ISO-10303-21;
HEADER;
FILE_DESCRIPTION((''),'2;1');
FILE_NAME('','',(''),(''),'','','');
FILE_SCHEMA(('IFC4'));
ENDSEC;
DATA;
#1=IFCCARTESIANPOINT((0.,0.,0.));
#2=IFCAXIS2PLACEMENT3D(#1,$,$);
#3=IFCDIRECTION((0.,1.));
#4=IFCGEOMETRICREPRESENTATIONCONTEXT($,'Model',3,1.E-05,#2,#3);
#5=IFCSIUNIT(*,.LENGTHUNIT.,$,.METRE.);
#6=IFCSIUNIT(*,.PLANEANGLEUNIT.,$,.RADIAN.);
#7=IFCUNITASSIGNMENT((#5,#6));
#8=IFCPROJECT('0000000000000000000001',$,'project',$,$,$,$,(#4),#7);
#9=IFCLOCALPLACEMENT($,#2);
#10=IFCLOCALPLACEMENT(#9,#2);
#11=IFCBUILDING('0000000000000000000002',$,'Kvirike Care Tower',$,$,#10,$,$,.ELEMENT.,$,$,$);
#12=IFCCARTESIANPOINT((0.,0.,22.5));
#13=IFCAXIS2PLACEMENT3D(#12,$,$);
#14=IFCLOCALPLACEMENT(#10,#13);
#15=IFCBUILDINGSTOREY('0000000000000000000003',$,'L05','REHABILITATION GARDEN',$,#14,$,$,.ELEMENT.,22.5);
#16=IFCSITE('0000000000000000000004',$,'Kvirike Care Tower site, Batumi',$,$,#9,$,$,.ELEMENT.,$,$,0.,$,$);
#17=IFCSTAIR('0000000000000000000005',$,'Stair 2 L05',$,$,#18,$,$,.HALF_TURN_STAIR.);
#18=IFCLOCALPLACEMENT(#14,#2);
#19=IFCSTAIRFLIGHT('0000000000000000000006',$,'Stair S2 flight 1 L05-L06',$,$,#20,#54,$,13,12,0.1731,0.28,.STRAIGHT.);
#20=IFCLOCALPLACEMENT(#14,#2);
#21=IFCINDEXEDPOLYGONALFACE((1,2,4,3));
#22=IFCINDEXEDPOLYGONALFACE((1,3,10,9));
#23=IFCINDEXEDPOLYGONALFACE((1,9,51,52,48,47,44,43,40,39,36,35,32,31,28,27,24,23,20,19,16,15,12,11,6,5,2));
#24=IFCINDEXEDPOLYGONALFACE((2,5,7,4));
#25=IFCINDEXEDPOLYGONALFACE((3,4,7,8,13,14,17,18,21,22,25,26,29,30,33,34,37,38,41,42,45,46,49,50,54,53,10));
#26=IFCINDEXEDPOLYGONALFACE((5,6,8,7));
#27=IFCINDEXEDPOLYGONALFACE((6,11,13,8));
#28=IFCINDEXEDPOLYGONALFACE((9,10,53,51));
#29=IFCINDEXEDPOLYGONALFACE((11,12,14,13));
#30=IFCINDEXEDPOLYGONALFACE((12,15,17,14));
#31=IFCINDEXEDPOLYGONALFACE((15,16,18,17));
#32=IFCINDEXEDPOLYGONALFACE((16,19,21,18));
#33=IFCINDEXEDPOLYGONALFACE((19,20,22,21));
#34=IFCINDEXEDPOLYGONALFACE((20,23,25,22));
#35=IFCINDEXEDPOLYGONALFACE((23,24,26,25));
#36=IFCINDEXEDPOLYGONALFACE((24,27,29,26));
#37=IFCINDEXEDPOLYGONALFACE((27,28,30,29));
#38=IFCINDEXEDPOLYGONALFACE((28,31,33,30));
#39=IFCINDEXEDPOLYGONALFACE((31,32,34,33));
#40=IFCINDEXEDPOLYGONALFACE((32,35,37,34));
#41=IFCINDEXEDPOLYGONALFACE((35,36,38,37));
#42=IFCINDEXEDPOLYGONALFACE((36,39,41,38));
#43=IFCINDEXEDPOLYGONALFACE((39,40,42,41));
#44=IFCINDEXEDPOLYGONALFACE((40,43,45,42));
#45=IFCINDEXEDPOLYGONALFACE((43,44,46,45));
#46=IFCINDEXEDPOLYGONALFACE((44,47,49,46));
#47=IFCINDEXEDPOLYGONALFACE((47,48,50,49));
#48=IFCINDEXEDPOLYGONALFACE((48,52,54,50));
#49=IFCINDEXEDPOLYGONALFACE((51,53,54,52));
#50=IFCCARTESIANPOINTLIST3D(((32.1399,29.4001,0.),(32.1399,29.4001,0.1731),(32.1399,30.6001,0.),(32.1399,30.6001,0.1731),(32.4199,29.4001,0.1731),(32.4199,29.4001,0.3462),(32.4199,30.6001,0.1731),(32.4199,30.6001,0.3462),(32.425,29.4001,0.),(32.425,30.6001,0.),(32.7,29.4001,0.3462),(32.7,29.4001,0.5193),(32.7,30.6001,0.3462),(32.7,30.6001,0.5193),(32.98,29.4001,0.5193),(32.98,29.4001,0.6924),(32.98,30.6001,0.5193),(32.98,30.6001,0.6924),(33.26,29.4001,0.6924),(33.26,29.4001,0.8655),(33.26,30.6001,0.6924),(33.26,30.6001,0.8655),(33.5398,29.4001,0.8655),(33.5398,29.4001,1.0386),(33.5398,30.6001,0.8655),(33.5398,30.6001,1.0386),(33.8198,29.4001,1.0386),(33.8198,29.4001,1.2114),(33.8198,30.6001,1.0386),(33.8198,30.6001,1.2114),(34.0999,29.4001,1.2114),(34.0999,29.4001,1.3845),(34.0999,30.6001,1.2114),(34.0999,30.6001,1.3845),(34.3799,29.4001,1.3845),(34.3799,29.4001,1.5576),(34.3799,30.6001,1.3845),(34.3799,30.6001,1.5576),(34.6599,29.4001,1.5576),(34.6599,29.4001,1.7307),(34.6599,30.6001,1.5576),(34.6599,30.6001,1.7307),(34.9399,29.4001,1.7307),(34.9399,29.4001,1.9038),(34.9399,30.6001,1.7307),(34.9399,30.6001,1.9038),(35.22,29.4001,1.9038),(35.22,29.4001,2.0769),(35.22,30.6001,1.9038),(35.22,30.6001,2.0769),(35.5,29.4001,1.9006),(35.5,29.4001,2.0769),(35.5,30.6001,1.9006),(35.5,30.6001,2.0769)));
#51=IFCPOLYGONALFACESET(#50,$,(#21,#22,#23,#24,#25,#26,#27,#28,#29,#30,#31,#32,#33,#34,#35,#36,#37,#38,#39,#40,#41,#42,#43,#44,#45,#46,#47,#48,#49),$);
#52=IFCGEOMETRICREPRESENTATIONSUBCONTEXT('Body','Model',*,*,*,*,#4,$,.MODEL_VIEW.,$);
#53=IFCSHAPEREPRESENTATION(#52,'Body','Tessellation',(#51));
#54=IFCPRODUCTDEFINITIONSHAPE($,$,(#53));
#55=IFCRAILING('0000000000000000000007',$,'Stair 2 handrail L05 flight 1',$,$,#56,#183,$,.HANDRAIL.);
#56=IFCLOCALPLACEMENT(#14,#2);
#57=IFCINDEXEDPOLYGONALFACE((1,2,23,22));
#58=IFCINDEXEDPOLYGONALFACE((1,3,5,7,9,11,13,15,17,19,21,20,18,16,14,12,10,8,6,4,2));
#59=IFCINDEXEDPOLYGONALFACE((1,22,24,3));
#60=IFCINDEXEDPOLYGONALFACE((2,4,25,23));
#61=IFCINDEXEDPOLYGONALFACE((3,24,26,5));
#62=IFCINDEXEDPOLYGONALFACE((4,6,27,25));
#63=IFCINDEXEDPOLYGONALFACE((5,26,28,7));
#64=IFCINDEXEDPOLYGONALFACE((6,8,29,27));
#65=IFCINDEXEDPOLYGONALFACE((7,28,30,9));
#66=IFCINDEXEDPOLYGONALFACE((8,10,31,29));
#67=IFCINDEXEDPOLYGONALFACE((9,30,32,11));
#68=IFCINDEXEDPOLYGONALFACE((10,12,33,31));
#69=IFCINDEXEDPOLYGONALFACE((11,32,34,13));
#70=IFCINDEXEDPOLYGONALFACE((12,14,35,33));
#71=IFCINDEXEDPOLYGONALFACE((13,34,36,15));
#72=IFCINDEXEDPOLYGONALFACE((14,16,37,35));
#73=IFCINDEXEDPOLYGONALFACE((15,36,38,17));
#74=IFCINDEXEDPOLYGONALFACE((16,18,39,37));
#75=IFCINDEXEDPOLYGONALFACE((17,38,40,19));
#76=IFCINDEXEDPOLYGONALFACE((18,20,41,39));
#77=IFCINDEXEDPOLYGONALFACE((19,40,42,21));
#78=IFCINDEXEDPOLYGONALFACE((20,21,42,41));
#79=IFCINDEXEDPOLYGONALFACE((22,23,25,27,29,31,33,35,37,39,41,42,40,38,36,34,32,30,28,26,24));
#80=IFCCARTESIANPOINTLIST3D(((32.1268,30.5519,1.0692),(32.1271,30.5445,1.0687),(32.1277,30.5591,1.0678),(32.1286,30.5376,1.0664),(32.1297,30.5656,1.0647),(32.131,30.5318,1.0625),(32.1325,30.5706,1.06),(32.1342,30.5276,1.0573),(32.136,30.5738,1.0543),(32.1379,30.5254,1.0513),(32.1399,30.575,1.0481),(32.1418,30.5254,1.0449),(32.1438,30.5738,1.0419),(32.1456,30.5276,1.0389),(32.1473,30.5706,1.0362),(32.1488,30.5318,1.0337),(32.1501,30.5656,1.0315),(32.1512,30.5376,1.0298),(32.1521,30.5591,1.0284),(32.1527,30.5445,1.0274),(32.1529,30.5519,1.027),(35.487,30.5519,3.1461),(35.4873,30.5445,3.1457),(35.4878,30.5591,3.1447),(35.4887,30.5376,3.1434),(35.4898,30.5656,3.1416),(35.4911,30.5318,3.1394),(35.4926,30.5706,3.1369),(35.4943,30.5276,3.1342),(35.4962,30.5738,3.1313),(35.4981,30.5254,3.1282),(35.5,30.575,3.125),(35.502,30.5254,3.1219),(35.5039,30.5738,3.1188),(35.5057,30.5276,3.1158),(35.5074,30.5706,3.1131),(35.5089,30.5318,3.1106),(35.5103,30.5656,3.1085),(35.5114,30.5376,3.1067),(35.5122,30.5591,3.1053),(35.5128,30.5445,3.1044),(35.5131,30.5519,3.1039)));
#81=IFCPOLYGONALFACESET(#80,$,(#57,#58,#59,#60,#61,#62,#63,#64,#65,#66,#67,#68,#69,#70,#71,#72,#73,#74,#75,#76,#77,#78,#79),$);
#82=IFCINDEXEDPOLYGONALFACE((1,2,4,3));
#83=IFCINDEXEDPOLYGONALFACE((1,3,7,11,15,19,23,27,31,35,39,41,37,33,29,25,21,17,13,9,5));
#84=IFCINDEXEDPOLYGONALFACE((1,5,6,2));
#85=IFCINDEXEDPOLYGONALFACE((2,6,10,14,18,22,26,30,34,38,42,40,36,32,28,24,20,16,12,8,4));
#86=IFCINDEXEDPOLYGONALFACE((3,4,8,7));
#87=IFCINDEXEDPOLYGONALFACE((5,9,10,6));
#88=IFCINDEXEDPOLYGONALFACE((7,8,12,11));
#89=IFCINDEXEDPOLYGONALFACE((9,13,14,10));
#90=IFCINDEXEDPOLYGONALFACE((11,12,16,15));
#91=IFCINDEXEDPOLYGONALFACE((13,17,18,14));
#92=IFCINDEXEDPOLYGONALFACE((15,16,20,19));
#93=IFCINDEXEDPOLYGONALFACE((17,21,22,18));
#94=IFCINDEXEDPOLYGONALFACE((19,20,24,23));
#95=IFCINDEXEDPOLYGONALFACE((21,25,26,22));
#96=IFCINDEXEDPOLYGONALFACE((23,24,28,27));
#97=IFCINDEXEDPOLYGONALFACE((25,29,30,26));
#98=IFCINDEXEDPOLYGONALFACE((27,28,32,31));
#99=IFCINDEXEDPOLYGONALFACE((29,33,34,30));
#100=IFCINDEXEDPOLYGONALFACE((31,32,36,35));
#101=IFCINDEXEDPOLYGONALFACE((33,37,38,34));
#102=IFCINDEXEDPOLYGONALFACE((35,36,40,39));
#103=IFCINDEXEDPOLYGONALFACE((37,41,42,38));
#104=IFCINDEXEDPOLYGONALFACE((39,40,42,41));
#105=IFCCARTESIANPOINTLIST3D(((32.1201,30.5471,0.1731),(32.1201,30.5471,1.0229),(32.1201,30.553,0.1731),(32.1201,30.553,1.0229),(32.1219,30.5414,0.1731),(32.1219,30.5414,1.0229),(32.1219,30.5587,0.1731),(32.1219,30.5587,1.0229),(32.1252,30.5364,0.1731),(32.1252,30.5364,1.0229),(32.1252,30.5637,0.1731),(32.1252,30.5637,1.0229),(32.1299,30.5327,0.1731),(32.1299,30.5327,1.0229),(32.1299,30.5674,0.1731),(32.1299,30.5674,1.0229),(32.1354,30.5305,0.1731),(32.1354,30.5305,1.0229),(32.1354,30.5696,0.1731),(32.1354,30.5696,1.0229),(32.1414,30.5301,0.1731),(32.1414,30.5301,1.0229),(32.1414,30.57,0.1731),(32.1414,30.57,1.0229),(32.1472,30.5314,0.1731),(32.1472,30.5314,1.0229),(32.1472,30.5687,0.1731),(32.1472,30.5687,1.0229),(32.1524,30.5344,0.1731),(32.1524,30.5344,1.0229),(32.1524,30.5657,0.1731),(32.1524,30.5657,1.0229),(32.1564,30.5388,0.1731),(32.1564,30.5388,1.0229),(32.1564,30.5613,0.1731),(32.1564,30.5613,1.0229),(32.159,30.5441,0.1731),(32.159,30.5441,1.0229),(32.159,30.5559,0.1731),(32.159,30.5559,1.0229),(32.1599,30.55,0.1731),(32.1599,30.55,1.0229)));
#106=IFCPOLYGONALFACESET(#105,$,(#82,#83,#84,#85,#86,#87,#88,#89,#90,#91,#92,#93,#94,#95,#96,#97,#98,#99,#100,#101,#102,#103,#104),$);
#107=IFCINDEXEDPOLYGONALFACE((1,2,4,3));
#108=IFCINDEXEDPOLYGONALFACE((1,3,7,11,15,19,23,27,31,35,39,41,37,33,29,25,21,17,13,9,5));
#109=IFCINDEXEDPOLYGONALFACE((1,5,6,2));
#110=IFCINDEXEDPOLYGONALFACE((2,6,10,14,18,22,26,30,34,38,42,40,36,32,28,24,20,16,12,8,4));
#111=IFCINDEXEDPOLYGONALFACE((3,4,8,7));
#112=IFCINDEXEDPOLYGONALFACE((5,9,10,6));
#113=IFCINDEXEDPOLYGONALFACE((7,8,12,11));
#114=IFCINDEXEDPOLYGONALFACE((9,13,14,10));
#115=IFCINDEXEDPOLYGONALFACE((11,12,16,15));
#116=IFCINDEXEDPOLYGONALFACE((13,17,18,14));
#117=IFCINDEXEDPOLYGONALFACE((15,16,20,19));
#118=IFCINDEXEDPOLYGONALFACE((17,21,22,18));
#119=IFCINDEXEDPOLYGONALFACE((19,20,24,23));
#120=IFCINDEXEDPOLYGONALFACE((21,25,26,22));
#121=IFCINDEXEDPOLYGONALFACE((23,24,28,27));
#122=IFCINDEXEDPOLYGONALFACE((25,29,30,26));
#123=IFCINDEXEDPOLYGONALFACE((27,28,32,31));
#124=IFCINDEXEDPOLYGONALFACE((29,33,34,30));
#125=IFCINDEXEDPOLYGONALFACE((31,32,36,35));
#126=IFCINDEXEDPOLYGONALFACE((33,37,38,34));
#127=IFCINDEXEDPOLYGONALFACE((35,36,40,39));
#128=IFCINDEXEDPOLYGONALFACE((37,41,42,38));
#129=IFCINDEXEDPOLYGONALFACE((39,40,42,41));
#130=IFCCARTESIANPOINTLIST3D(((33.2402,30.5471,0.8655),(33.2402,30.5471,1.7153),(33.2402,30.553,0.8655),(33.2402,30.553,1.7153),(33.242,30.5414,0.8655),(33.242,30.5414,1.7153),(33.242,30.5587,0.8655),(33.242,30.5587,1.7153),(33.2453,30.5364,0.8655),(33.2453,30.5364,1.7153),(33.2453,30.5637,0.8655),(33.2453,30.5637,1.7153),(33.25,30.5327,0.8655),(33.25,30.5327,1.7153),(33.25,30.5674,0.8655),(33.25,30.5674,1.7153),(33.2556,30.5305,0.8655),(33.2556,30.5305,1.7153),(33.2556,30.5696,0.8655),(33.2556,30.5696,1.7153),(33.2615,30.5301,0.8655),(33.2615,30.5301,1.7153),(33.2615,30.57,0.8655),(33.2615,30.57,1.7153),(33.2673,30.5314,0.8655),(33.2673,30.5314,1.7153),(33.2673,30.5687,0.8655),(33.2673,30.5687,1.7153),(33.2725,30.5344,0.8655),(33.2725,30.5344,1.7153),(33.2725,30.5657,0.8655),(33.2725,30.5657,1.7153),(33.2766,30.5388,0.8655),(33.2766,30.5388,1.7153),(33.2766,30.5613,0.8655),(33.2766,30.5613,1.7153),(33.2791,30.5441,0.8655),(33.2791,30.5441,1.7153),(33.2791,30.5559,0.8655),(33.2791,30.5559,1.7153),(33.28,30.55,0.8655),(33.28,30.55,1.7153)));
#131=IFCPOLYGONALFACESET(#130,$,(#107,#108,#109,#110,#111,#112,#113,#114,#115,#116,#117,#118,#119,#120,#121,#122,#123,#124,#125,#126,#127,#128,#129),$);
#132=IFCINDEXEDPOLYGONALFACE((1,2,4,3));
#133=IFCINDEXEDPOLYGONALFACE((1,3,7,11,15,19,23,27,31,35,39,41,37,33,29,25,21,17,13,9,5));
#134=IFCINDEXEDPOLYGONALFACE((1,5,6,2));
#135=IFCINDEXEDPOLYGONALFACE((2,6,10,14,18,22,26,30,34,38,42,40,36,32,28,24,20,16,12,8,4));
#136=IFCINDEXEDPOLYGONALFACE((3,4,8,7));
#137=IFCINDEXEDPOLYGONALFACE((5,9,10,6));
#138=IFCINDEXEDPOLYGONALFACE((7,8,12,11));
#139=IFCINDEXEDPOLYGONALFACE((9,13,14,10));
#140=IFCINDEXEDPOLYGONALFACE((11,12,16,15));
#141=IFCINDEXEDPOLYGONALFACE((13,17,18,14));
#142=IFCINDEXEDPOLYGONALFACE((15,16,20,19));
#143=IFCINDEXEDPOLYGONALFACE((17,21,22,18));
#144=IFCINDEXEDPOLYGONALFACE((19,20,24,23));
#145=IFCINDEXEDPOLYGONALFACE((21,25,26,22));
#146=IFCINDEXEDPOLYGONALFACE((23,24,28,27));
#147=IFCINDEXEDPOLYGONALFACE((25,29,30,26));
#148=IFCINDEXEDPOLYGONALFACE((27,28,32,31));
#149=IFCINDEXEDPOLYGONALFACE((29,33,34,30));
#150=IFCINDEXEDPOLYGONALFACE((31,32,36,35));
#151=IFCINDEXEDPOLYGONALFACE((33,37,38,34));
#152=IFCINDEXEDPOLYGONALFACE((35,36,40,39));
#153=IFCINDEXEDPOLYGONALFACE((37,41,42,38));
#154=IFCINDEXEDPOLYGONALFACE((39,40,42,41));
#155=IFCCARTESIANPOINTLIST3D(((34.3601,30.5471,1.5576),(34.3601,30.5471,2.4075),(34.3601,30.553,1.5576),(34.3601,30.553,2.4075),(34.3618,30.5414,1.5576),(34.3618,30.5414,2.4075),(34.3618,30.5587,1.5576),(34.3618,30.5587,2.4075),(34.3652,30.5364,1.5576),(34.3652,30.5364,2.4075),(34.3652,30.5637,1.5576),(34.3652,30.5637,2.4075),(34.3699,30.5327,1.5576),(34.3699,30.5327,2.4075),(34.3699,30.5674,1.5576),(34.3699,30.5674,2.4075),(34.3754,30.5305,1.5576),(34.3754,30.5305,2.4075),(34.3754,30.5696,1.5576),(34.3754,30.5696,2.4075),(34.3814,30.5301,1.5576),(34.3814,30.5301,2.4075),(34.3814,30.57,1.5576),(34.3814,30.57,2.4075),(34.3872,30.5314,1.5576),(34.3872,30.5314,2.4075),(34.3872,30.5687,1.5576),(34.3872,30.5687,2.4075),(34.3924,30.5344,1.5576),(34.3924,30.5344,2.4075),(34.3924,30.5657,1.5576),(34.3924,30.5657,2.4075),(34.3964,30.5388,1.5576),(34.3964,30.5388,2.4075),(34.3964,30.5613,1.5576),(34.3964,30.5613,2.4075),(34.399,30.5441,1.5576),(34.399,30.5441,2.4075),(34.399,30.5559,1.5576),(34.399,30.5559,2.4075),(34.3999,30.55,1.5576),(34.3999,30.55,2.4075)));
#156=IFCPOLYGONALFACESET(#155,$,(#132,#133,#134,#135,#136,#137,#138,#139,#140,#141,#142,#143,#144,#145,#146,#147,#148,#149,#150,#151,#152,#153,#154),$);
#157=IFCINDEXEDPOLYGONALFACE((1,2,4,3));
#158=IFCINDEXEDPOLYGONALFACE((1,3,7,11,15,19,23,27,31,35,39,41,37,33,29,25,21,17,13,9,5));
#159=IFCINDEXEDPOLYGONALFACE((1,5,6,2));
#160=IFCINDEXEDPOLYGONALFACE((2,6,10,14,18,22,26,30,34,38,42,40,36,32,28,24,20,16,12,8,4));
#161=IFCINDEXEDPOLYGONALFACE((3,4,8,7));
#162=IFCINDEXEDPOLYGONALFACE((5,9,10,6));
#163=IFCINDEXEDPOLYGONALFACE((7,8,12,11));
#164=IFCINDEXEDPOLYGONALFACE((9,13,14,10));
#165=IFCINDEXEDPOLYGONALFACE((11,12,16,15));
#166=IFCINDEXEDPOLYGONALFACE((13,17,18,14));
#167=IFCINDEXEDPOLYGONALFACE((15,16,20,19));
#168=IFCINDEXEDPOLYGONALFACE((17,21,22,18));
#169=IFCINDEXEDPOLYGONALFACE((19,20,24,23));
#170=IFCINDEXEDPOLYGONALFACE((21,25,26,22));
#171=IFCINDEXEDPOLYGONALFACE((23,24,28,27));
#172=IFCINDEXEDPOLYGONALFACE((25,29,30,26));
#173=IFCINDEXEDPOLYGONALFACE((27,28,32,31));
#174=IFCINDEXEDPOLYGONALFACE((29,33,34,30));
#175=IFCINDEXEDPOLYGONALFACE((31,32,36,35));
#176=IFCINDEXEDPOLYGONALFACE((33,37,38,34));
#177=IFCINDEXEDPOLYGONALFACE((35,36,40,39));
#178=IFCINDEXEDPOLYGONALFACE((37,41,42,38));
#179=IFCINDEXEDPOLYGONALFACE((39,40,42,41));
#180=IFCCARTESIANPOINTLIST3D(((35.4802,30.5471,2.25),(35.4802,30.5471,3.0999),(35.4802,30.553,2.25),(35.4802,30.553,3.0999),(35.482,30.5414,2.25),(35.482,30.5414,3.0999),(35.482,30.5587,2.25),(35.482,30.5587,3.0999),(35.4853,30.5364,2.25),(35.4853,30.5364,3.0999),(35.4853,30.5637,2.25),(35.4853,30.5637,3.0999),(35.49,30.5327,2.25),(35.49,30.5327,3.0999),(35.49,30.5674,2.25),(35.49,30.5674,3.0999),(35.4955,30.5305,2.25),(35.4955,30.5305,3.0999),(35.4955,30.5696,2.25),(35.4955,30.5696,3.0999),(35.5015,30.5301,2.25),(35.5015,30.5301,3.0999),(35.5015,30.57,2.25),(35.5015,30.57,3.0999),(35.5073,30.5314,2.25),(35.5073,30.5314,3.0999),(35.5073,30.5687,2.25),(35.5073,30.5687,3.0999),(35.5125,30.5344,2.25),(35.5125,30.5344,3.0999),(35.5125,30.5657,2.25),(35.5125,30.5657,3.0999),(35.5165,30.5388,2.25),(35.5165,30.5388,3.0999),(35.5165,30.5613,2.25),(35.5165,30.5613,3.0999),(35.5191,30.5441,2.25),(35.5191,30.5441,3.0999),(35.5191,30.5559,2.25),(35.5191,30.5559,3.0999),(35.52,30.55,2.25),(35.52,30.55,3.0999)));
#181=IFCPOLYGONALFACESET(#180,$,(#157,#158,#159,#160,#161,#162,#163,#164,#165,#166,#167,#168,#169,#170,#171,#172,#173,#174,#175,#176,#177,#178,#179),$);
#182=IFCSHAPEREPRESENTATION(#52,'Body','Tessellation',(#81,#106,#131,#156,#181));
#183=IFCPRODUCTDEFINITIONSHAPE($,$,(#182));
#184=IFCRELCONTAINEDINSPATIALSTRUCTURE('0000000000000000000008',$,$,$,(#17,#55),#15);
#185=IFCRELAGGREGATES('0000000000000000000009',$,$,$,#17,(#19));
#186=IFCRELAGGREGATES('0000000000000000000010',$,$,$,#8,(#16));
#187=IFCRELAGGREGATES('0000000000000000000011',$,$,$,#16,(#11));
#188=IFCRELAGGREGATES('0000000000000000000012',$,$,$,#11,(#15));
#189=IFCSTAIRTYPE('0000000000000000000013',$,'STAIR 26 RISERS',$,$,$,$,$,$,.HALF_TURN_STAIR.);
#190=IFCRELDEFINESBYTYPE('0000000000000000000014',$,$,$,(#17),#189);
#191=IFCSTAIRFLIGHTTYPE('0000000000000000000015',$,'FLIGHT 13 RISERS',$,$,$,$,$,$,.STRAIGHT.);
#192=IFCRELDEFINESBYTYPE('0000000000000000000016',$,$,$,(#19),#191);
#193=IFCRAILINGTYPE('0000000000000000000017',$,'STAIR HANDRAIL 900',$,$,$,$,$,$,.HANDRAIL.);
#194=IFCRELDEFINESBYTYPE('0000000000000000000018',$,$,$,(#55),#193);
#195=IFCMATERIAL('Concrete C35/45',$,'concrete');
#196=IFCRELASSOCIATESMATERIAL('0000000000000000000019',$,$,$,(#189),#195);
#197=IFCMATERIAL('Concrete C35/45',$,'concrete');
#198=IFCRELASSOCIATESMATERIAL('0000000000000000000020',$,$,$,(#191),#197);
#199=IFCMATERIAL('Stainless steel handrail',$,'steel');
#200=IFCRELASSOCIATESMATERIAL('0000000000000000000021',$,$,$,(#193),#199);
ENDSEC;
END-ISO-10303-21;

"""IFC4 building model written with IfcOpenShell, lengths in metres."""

from ifc_helpers import new_model, si_unit, direction, frame, origin, origin_2d, place, context, subcontext, project, spatial, polyline, circle, outline, extrude, material, type_object, element, aggregate, save


model = new_model("IFC4")

# Units and contexts
model_context = context("Model", 3, precision=1e-05, world=origin(), true_north=direction((0.0, 1.0)))
body_context = subcontext(model_context, "Body", "Model", "MODEL_VIEW")
ifc_project = project(units=[si_unit("LENGTHUNIT", "METRE"), si_unit("PLANEANGLEUNIT", "RADIAN")], contexts=[model_context])

# Site, building, storey
site_placement = place(None, origin())
site = spatial("IfcSite", under=ifc_project, at=site_placement, Name="Kvirike Care Tower site, Batumi", CompositionType="ELEMENT", RefElevation=0.0)
building_placement = place(site_placement, origin())
building = spatial("IfcBuilding", under=site, at=building_placement, Name="Kvirike Care Tower", CompositionType="ELEMENT")
storey_placement = place(building_placement, frame((0.0, 0.0, 22.5)))
storey = spatial("IfcBuildingStorey", under=building, at=storey_placement, Name="L05", Description="REHABILITATION GARDEN", CompositionType="ELEMENT", Elevation=22.5)

# Stair, stair flight
ifc_material_1 = material(Name="Concrete C35/45", Category="concrete")
stair_type = type_object("IfcStairType", Name="STAIR 26 RISERS", PredefinedType="HALF_TURN_STAIR", material=ifc_material_1)
stair_placement = place(storey_placement, origin())
stair = element("IfcStair", 1, at=stair_placement, inside=storey, type_object=stair_type, Name="Stair 2 L05", PredefinedType="HALF_TURN_STAIR")
ifc_material_2 = material(Name="Concrete C35/45", Category="concrete")
stair_flight_type = type_object("IfcStairFlightType", Name="FLIGHT 13 RISERS", PredefinedType="STRAIGHT", material=ifc_material_2)
stair_flight_placement = place(storey_placement, frame((32.1399, 30.0, 0.0), z_axis=(0.0, 0.0, 1.0), x_axis=(1.0, 0.0, 0.0)))
stair_flight = element("IfcStairFlight", 2, at=stair_flight_placement, type_object=stair_flight_type, Name="Stair S2 flight 1 L05-L06", NumberOfRisers=13, NumberOfTreads=12, PredefinedType="STRAIGHT", RiserHeight=0.1731, TreadLength=0.28, context=body_context, shape_type="SweptSolid", body=[
    extrude(outline(polyline([(0.0, 0.0), (0.0, 0.1731), (0.28, 0.1731), (0.28, 0.3462), (0.5601, 0.3462), (0.5601, 0.5193), (0.8401, 0.5193), (0.8401, 0.6924), (1.1201, 0.6924), (1.1201, 0.8655), (1.3999, 0.8655), (1.3999, 1.0386), (1.6799, 1.0386), (1.6799, 1.2114), (1.96, 1.2114), (1.96, 1.3845), (2.24, 1.3845), (2.24, 1.5576), (2.52, 1.5576), (2.52, 1.7307), (2.8, 1.7307), (2.8, 1.9038), (3.0801, 1.9038), (3.0801, 2.0769), (3.3601, 2.0769), (3.3601, 2.25), (3.3601, 1.9006), (0.2852, 0.0), (0.0, 0.0)])), frame((0.0, 0.6001, 0.0), z_axis=(0.0, -1.0, 0.0), x_axis=(1.0, 0.0, 0.0)), (0.0, 0.0, 1.0), 1.2),
])
aggregate(stair, [stair_flight])

# Railing
ifc_material_3 = material(Name="Stainless steel handrail", Category="steel")
railing_type = type_object("IfcRailingType", Name="STAIR HANDRAIL 900", PredefinedType="HANDRAIL", material=ifc_material_3)
railing_1_placement = place(storey_placement, frame((32.1399, 30.55, 0.1731)))
element("IfcRailing", 3, at=railing_1_placement, inside=storey, type_object=railing_type, Name="Stair 2 handrail L05 flight 1", PredefinedType="HANDRAIL", context=body_context, shape_type="SweptSolid", body=[
    extrude(circle(Radius=0.0249, at=origin_2d()), frame((0.0, 0.0, 0.875), z_axis=(0.850623, 0.0, 0.525776), x_axis=(0.0, 1.0, 0.0)), (0.0, 0.0, 1.0), 3.9502),
    extrude(circle(Radius=0.02, at=origin_2d()), origin(), (0.0, 0.0, 1.0), 0.8499),
    extrude(circle(Radius=0.02, at=origin_2d()), frame((1.1201, 0.0, 0.6924)), (0.0, 0.0, 1.0), 0.8499),
    extrude(circle(Radius=0.02, at=origin_2d()), frame((2.24, 0.0, 1.3845)), (0.0, 0.0, 1.0), 0.8499),
    extrude(circle(Radius=0.02, at=origin_2d()), frame((3.3601, 0.0, 2.0769)), (0.0, 0.0, 1.0), 0.8499),
])

save(model, "model.ifc")
